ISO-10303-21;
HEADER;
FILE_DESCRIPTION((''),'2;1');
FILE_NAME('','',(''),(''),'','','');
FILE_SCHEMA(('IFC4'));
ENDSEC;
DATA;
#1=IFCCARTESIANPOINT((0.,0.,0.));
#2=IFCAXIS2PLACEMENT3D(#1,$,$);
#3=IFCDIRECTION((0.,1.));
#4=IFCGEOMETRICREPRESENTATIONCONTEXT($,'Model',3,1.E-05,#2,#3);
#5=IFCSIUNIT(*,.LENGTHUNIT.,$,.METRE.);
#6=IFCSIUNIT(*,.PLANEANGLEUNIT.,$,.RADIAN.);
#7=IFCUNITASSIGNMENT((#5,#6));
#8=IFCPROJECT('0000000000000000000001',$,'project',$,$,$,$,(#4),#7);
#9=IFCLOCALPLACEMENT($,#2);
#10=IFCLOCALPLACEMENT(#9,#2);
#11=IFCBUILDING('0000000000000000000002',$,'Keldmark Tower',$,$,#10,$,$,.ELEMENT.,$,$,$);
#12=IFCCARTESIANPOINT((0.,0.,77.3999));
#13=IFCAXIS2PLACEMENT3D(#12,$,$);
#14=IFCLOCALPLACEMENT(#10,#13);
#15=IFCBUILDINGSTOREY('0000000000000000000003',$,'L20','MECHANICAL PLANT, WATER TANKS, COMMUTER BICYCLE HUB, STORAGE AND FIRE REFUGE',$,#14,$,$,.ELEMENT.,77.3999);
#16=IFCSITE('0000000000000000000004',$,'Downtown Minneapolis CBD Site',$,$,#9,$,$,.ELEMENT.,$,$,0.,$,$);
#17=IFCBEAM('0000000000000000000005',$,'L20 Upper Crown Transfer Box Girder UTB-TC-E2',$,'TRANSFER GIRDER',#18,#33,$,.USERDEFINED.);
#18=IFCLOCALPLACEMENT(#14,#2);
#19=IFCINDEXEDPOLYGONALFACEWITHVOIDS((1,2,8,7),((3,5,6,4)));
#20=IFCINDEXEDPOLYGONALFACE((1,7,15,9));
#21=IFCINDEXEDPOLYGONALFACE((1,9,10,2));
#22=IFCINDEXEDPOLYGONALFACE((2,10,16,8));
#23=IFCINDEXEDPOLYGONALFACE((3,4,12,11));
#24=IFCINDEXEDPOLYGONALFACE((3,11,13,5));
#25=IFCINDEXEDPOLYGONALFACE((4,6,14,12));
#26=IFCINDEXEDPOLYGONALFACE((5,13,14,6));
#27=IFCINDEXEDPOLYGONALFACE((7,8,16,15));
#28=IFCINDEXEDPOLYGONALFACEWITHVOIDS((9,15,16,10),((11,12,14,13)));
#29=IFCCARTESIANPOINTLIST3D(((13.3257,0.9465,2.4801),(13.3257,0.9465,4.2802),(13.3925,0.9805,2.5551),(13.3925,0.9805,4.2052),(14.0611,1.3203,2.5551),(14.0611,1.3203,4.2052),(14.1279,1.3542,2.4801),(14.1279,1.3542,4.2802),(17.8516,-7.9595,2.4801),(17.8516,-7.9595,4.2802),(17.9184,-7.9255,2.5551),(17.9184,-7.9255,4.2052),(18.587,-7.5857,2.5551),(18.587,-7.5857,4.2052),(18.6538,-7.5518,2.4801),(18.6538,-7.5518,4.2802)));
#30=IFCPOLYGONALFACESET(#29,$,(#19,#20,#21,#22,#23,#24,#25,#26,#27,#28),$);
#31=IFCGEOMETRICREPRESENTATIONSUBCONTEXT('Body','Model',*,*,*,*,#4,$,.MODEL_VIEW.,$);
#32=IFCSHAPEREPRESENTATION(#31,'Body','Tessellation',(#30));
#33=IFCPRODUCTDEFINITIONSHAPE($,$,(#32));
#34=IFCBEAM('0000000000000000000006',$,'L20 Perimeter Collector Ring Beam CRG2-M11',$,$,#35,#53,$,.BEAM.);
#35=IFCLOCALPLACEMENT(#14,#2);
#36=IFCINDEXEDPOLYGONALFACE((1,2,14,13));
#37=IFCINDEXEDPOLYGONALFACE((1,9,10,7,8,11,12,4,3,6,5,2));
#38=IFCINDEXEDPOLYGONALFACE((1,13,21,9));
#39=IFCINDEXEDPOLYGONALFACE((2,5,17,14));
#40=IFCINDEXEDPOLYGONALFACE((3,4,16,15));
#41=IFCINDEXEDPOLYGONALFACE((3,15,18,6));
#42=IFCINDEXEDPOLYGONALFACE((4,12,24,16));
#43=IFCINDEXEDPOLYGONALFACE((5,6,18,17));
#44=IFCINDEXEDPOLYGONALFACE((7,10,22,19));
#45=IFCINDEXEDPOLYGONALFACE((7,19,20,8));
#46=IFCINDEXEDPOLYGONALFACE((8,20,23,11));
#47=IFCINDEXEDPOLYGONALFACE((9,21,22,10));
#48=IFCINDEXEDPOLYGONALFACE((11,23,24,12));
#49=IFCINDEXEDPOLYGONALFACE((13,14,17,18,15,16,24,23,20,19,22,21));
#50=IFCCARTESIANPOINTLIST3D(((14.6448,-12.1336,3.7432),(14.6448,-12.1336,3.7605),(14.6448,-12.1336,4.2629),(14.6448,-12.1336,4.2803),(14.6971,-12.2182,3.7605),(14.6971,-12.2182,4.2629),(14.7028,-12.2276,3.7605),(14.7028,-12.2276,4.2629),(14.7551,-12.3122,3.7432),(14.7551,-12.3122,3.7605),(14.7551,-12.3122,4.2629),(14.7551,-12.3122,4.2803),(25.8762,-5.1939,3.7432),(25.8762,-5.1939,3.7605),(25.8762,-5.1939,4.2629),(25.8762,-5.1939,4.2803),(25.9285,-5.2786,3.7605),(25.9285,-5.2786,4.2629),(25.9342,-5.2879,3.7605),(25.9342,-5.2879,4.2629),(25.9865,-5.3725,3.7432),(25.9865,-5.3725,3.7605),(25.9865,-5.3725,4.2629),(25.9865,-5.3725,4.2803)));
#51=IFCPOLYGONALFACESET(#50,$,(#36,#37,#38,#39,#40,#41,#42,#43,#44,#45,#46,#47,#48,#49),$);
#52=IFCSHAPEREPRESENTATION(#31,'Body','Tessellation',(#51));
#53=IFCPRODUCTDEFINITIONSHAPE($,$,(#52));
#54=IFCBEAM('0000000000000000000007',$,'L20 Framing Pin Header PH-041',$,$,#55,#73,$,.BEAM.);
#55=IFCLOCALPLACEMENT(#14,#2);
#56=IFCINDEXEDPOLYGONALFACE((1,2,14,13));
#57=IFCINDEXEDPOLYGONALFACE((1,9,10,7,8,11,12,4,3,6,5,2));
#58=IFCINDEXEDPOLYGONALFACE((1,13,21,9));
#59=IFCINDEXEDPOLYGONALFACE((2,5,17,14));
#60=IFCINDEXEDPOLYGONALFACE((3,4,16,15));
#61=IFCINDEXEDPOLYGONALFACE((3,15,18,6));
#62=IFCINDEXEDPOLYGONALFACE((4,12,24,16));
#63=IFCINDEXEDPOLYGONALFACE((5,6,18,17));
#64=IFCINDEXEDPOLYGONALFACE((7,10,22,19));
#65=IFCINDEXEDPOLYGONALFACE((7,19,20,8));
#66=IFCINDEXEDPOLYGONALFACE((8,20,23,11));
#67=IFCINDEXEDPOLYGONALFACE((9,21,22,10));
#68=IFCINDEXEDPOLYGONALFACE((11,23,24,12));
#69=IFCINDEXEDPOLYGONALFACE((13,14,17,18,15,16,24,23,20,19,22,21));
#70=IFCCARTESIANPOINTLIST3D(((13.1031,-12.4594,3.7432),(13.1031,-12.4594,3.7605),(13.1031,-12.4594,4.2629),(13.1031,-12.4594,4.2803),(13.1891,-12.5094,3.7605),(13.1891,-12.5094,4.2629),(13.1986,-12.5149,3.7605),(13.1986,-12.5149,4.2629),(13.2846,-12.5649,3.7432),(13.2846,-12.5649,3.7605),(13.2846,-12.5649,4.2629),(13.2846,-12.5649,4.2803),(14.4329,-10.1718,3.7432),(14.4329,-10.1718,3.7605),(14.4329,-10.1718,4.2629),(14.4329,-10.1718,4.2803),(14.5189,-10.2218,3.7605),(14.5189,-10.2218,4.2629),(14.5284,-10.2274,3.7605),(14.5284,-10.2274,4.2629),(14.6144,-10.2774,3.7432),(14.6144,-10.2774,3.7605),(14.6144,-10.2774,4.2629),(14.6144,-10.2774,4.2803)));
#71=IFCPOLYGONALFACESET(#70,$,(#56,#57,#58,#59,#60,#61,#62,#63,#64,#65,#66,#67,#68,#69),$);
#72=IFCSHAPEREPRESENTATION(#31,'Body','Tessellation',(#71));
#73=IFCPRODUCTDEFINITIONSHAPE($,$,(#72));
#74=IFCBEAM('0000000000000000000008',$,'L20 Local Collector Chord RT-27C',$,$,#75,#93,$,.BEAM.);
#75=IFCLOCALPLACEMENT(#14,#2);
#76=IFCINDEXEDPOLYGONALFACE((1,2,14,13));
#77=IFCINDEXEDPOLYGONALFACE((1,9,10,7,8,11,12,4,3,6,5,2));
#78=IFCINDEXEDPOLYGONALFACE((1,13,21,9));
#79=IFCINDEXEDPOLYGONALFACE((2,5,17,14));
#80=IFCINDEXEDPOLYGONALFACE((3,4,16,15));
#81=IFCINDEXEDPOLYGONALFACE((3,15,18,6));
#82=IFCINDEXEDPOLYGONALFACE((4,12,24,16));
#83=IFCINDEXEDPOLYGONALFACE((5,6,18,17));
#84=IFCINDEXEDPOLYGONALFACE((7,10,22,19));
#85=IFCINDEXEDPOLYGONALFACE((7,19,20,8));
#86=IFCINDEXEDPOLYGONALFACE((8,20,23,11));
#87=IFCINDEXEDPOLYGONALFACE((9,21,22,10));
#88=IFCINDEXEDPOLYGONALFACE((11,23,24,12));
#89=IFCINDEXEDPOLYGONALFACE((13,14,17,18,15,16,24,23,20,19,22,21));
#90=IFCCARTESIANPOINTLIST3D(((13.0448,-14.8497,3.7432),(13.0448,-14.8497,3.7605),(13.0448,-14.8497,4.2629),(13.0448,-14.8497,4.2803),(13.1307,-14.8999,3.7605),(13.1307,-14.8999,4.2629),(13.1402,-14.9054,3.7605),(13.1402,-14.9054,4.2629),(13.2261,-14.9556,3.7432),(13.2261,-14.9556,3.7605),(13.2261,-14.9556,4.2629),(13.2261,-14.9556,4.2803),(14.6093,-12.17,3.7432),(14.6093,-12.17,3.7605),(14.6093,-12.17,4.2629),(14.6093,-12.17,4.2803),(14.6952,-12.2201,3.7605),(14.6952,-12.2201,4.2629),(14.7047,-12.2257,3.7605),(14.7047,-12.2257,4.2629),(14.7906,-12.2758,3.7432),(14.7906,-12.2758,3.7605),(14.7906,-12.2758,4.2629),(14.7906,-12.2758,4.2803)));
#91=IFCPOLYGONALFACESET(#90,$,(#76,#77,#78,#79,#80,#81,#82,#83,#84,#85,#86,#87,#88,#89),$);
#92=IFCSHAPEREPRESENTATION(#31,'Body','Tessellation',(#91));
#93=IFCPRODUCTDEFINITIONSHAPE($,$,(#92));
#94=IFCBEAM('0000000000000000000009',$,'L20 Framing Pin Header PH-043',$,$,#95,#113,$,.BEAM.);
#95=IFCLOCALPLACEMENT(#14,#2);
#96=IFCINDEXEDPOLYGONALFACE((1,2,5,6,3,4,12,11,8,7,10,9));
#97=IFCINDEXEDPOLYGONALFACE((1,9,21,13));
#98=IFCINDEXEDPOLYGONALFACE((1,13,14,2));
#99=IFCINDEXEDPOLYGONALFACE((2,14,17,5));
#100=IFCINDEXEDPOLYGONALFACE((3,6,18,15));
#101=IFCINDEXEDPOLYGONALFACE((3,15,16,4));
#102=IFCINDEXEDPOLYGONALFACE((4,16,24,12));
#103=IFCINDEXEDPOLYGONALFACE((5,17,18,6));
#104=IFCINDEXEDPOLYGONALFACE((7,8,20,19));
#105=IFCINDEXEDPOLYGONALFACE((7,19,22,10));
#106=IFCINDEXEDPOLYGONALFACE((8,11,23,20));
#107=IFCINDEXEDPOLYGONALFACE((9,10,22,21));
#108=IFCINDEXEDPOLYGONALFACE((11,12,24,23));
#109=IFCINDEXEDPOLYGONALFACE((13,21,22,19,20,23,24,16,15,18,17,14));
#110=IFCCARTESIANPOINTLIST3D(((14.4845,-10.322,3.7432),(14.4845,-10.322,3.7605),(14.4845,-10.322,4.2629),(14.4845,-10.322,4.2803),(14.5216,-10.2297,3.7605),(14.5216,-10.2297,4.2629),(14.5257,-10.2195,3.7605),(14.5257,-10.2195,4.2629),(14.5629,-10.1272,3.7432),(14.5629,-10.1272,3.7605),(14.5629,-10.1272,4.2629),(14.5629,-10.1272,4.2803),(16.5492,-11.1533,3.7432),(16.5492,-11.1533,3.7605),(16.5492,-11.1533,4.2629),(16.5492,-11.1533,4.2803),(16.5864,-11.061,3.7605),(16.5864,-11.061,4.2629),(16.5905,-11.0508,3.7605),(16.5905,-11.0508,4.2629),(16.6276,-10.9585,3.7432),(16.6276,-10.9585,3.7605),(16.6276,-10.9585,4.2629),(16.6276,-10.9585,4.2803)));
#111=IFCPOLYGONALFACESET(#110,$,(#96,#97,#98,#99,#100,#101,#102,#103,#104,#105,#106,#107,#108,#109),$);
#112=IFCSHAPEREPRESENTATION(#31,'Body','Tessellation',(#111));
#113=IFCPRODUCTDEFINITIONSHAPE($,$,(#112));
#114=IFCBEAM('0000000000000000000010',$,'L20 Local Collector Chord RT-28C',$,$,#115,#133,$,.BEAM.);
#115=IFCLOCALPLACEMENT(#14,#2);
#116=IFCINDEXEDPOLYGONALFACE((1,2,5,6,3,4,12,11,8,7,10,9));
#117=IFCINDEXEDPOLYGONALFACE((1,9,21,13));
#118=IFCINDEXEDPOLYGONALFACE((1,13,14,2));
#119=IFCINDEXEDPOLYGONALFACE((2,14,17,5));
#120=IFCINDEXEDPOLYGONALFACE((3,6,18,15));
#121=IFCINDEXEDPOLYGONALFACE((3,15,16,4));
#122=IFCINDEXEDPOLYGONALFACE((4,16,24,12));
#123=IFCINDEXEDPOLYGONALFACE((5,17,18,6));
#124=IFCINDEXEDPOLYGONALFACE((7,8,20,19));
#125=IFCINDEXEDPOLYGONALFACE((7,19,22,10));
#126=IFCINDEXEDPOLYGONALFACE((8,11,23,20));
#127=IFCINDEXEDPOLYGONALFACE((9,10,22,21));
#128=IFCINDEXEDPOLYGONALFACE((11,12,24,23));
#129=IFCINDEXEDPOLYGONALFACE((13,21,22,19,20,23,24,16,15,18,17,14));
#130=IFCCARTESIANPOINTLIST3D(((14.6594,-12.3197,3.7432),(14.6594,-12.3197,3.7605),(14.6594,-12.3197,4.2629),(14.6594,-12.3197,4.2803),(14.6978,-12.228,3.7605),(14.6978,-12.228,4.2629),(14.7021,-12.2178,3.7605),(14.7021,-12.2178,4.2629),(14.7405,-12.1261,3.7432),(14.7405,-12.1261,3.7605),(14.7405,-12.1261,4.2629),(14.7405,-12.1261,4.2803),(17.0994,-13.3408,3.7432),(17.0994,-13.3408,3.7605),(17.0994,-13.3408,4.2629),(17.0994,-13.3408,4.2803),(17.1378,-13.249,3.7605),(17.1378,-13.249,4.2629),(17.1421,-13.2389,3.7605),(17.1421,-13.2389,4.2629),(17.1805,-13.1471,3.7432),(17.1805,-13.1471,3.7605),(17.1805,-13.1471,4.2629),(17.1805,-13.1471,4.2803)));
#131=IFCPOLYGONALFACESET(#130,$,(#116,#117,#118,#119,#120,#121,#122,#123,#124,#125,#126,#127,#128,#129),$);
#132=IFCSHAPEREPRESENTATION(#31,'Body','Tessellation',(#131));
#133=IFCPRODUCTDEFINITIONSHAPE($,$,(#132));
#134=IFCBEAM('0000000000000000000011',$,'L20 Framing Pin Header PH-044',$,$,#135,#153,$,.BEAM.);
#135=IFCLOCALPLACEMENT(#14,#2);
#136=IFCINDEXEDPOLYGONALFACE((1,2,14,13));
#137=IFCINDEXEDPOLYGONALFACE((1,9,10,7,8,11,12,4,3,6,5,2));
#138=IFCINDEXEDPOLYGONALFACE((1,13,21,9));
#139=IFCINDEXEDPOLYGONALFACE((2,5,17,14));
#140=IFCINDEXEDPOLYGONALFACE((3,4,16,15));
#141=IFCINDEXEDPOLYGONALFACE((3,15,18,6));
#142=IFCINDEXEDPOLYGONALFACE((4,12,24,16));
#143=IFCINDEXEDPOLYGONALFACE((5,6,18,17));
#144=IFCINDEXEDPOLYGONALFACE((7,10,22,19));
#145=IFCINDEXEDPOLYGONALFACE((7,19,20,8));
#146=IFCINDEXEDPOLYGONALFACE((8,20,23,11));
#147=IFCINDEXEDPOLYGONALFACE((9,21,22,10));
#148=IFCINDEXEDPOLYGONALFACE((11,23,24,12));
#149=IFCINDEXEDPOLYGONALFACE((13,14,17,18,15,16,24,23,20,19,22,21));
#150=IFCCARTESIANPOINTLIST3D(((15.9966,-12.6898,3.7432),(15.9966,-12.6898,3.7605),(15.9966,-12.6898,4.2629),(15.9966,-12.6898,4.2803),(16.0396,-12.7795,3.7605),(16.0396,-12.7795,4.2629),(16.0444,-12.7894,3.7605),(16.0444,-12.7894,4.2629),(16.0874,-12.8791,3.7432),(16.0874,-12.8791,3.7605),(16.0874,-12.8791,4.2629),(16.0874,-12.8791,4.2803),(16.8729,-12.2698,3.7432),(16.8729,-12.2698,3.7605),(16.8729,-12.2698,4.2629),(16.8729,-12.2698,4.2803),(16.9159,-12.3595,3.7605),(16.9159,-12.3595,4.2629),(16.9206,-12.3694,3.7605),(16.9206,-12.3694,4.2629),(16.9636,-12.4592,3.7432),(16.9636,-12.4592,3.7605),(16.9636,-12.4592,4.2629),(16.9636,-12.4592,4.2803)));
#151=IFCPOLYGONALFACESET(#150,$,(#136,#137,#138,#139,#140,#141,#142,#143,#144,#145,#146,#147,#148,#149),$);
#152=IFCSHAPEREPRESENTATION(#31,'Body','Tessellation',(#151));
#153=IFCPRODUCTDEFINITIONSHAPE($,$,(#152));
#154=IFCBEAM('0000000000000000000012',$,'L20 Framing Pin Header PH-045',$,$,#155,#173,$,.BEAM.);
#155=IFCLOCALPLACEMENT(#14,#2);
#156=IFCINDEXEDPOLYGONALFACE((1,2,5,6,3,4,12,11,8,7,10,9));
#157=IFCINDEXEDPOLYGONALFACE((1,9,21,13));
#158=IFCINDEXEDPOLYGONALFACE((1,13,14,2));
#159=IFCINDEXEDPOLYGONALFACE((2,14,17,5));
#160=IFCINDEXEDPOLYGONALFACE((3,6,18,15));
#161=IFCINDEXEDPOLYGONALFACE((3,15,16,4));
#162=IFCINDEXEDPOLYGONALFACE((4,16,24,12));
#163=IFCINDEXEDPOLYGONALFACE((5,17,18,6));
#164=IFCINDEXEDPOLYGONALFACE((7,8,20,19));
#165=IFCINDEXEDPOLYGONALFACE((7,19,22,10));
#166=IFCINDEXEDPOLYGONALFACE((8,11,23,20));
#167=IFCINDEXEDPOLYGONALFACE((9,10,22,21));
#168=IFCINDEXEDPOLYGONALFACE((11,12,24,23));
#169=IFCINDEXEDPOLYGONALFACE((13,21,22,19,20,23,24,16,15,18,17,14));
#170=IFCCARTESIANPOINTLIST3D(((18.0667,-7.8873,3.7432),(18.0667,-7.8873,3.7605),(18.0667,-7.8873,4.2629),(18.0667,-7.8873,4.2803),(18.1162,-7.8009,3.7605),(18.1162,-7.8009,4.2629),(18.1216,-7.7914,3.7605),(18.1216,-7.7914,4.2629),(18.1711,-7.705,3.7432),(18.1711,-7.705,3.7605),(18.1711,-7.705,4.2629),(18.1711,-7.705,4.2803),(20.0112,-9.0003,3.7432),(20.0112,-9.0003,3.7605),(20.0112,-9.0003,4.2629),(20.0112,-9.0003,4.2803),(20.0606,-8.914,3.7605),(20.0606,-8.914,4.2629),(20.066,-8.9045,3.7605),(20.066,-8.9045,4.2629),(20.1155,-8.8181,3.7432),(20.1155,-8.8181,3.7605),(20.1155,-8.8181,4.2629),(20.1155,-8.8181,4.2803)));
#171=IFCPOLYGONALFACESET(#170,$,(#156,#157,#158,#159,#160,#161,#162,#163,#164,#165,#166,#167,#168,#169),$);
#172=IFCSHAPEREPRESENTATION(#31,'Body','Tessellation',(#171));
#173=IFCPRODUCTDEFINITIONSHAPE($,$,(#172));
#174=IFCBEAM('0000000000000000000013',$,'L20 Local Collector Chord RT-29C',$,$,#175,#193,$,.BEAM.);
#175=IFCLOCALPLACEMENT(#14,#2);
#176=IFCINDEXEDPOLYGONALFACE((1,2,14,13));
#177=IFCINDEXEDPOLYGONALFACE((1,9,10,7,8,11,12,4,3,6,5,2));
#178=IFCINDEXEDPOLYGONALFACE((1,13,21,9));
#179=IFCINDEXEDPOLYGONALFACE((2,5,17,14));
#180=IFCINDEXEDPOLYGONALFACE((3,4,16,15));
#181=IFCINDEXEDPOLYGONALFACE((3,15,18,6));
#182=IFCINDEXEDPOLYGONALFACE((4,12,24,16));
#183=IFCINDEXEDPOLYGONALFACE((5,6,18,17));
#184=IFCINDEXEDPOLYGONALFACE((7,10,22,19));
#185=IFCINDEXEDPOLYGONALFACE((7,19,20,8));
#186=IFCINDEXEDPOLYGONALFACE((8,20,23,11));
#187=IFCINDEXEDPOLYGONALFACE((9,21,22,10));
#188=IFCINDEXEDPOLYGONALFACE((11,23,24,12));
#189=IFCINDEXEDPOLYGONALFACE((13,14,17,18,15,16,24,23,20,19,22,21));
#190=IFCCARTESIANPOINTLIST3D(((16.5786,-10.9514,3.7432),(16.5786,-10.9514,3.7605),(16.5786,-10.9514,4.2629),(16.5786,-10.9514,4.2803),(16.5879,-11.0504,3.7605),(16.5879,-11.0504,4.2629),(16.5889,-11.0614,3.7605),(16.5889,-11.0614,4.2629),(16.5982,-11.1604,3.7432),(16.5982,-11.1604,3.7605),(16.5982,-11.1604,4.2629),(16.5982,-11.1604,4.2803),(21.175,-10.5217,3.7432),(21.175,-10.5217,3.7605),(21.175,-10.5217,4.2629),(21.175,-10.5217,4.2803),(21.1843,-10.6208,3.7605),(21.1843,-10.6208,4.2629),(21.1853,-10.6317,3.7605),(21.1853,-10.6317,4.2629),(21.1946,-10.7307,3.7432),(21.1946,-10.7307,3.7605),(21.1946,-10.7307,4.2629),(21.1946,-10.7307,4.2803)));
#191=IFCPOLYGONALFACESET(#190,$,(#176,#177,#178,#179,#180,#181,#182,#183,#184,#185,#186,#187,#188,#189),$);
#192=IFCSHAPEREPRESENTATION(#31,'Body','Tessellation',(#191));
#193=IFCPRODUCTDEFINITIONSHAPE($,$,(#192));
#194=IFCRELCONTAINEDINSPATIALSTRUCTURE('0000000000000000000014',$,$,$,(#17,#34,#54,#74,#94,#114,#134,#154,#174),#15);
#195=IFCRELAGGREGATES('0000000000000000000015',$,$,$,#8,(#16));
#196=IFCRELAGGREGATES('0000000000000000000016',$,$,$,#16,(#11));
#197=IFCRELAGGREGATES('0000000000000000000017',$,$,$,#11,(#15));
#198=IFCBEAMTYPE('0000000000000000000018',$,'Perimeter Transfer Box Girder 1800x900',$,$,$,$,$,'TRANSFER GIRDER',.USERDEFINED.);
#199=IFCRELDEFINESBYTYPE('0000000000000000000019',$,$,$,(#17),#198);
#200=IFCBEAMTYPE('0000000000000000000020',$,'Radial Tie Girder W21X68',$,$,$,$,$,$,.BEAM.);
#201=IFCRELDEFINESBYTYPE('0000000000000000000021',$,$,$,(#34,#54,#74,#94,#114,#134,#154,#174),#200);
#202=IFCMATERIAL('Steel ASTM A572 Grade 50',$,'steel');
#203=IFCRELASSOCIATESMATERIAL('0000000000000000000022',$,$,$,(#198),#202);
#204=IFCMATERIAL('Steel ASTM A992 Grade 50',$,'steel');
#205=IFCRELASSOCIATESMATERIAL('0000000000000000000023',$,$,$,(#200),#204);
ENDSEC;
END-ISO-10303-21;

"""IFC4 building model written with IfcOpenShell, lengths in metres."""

from ifc_helpers import new_model, si_unit, direction, frame, origin, origin_2d, place, context, subcontext, project, spatial, hollow_rectangle, i_section, extrude, material, material_profile, profile_set, type_object, element, save


model = new_model("IFC4")

# Units and contexts
model_context = context("Model", 3, precision=1e-05, world=origin(), true_north=direction((0.0, 1.0)))
body_context = subcontext(model_context, "Body", "Model", "MODEL_VIEW")
ifc_project = project(units=[si_unit("LENGTHUNIT", "METRE"), si_unit("PLANEANGLEUNIT", "RADIAN")], contexts=[model_context])

# Site, building, storey
site_placement = place(None, origin())
site = spatial("IfcSite", under=ifc_project, at=site_placement, Name="Downtown Minneapolis CBD Site", CompositionType="ELEMENT", RefElevation=0.0)
building_placement = place(site_placement, origin())
building = spatial("IfcBuilding", under=site, at=building_placement, Name="Keldmark Tower", CompositionType="ELEMENT")
storey_placement = place(building_placement, frame((0.0, 0.0, 77.3999)))
storey = spatial("IfcBuildingStorey", under=building, at=storey_placement, Name="L20", Description="MECHANICAL PLANT, WATER TANKS, COMMUTER BICYCLE HUB, STORAGE AND FIRE REFUGE", CompositionType="ELEMENT", Elevation=77.3999)

# Beams
ifc_material_1 = material(Name="Steel ASTM A572 Grade 50", Category="steel")
ifc_material_profile_1 = material_profile(ifc_material_1, hollow_rectangle(XDim=0.8999, YDim=1.8, WallThickness=0.075, at=origin_2d()), Name="TBOX1800X900X75")
ifc_profile_set_1 = profile_set([ifc_material_profile_1], Name="Steel ASTM A572 Grade 50")
beam_type_1 = type_object("IfcBeamType", Name="Perimeter Transfer Box Girder 1800x900", ElementType="TRANSFER GIRDER", PredefinedType="USERDEFINED", material=ifc_profile_set_1)
beam_1_placement = place(storey_placement, frame((18.2527, -7.7556, 3.3801), z_axis=(-0.45304, 0.89149, 0.0), x_axis=(-0.89149, -0.45304, 0.0)))
element("IfcBeam", 1, at=beam_1_placement, inside=storey, type_object=beam_type_1, Name="L20 Upper Crown Transfer Box Girder UTB-TC-E2", ObjectType="TRANSFER GIRDER", PredefinedType="USERDEFINED", context=body_context, shape_type="SweptSolid", body=[
    extrude(hollow_rectangle(XDim=0.8999, YDim=1.8, WallThickness=0.075, at=origin_2d()), origin(), (0.0, 0.0, 1.0), 9.99),
])
ifc_material_2 = material(Name="Steel ASTM A992 Grade 50", Category="steel")
ifc_material_profile_2 = material_profile(ifc_material_2, i_section(OverallWidth=0.21, OverallDepth=0.5371, WebThickness=0.011, FlangeThickness=0.0173, at=origin_2d()), Name="W21X68")
ifc_profile_set_2 = profile_set([ifc_material_profile_2], Name="Steel ASTM A992 Grade 50")
beam_type_2 = type_object("IfcBeamType", Name="Radial Tie Girder W21X68", PredefinedType="BEAM", material=ifc_profile_set_2)
beam_2_placement = place(storey_placement, frame((14.7, -12.2229, 4.0117), z_axis=(0.850709, 0.525637, 0.0), x_axis=(-0.525637, 0.850709, 0.0)))
element("IfcBeam", 2, at=beam_2_placement, inside=storey, type_object=beam_type_2, Name="L20 Perimeter Collector Ring Beam CRG2-M11", PredefinedType="BEAM", context=body_context, shape_type="SweptSolid", body=[
    extrude(i_section(OverallWidth=0.21, OverallDepth=0.5371, WebThickness=0.011, FlangeThickness=0.0173, at=origin_2d()), origin(), (0.0, 0.0, 1.0), 13.2024),
])
beam_3_placement = place(storey_placement, frame((14.5237, -10.2246, 4.0117), z_axis=(-0.502574, -0.864534, 0.0), x_axis=(0.864534, -0.502574, 0.0)))
element("IfcBeam", 3, at=beam_3_placement, inside=storey, type_object=beam_type_2, Name="L20 Framing Pin Header PH-041", PredefinedType="BEAM", context=body_context, shape_type="SweptSolid", body=[
    extrude(i_section(OverallWidth=0.21, OverallDepth=0.5371, WebThickness=0.011, FlangeThickness=0.0173, at=origin_2d()), origin(), (0.0, 0.0, 1.0), 2.646),
])
beam_4_placement = place(storey_placement, frame((14.7, -12.2229, 4.0117), z_axis=(-0.504184, -0.863596, 0.0), x_axis=(0.863596, -0.504184, 0.0)))
element("IfcBeam", 4, at=beam_4_placement, inside=storey, type_object=beam_type_2, Name="L20 Local Collector Chord RT-27C", PredefinedType="BEAM", context=body_context, shape_type="SweptSolid", body=[
    extrude(i_section(OverallWidth=0.21, OverallDepth=0.5371, WebThickness=0.011, FlangeThickness=0.0173, at=origin_2d()), origin(), (0.0, 0.0, 1.0), 3.103),
])
beam_5_placement = place(storey_placement, frame((14.5237, -10.2246, 4.0117), z_axis=(0.927635, -0.373489, 0.0), x_axis=(0.373489, 0.927635, 0.0)))
element("IfcBeam", 5, at=beam_5_placement, inside=storey, type_object=beam_type_2, Name="L20 Framing Pin Header PH-043", PredefinedType="BEAM", context=body_context, shape_type="SweptSolid", body=[
    extrude(i_section(OverallWidth=0.21, OverallDepth=0.5371, WebThickness=0.011, FlangeThickness=0.0173, at=origin_2d()), origin(), (0.0, 0.0, 1.0), 2.2258),
])
beam_6_placement = place(storey_placement, frame((14.7, -12.2229, 4.0117), z_axis=(0.922491, -0.386018, 0.0), x_axis=(0.386018, 0.922491, 0.0)))
element("IfcBeam", 6, at=beam_6_placement, inside=storey, type_object=beam_type_2, Name="L20 Local Collector Chord RT-28C", PredefinedType="BEAM", context=body_context, shape_type="SweptSolid", body=[
    extrude(i_section(OverallWidth=0.21, OverallDepth=0.5371, WebThickness=0.011, FlangeThickness=0.0173, at=origin_2d()), origin(), (0.0, 0.0, 1.0), 2.645),
])
beam_7_placement = place(storey_placement, frame((16.042, -12.7844, 4.0117), z_axis=(0.90179, 0.432176, 0.0), x_axis=(-0.432176, 0.90179, 0.0)))
element("IfcBeam", 7, at=beam_7_placement, inside=storey, type_object=beam_type_2, Name="L20 Framing Pin Header PH-044", PredefinedType="BEAM", context=body_context, shape_type="SweptSolid", body=[
    extrude(i_section(OverallWidth=0.21, OverallDepth=0.5371, WebThickness=0.011, FlangeThickness=0.0173, at=origin_2d()), origin(), (0.0, 0.0, 1.0), 0.9717),
])
beam_8_placement = place(storey_placement, frame((18.1189, -7.7961, 4.0117), z_axis=(0.867861, -0.496808, 0.0), x_axis=(0.496808, 0.867861, 0.0)))
element("IfcBeam", 8, at=beam_8_placement, inside=storey, type_object=beam_type_2, Name="L20 Framing Pin Header PH-045", PredefinedType="BEAM", context=body_context, shape_type="SweptSolid", body=[
    extrude(i_section(OverallWidth=0.21, OverallDepth=0.5371, WebThickness=0.011, FlangeThickness=0.0173, at=origin_2d()), origin(), (0.0, 0.0, 1.0), 2.2405),
])
beam_9_placement = place(storey_placement, frame((16.5884, -11.0559, 4.0117), z_axis=(0.995659, 0.093077, 0.0), x_axis=(-0.093077, 0.995659, 0.0)))
element("IfcBeam", 9, at=beam_9_placement, inside=storey, type_object=beam_type_2, Name="L20 Local Collector Chord RT-29C", PredefinedType="BEAM", context=body_context, shape_type="SweptSolid", body=[
    extrude(i_section(OverallWidth=0.21, OverallDepth=0.5371, WebThickness=0.011, FlangeThickness=0.0173, at=origin_2d()), origin(), (0.0, 0.0, 1.0), 4.6165),
])

save(model, "model.ifc")
